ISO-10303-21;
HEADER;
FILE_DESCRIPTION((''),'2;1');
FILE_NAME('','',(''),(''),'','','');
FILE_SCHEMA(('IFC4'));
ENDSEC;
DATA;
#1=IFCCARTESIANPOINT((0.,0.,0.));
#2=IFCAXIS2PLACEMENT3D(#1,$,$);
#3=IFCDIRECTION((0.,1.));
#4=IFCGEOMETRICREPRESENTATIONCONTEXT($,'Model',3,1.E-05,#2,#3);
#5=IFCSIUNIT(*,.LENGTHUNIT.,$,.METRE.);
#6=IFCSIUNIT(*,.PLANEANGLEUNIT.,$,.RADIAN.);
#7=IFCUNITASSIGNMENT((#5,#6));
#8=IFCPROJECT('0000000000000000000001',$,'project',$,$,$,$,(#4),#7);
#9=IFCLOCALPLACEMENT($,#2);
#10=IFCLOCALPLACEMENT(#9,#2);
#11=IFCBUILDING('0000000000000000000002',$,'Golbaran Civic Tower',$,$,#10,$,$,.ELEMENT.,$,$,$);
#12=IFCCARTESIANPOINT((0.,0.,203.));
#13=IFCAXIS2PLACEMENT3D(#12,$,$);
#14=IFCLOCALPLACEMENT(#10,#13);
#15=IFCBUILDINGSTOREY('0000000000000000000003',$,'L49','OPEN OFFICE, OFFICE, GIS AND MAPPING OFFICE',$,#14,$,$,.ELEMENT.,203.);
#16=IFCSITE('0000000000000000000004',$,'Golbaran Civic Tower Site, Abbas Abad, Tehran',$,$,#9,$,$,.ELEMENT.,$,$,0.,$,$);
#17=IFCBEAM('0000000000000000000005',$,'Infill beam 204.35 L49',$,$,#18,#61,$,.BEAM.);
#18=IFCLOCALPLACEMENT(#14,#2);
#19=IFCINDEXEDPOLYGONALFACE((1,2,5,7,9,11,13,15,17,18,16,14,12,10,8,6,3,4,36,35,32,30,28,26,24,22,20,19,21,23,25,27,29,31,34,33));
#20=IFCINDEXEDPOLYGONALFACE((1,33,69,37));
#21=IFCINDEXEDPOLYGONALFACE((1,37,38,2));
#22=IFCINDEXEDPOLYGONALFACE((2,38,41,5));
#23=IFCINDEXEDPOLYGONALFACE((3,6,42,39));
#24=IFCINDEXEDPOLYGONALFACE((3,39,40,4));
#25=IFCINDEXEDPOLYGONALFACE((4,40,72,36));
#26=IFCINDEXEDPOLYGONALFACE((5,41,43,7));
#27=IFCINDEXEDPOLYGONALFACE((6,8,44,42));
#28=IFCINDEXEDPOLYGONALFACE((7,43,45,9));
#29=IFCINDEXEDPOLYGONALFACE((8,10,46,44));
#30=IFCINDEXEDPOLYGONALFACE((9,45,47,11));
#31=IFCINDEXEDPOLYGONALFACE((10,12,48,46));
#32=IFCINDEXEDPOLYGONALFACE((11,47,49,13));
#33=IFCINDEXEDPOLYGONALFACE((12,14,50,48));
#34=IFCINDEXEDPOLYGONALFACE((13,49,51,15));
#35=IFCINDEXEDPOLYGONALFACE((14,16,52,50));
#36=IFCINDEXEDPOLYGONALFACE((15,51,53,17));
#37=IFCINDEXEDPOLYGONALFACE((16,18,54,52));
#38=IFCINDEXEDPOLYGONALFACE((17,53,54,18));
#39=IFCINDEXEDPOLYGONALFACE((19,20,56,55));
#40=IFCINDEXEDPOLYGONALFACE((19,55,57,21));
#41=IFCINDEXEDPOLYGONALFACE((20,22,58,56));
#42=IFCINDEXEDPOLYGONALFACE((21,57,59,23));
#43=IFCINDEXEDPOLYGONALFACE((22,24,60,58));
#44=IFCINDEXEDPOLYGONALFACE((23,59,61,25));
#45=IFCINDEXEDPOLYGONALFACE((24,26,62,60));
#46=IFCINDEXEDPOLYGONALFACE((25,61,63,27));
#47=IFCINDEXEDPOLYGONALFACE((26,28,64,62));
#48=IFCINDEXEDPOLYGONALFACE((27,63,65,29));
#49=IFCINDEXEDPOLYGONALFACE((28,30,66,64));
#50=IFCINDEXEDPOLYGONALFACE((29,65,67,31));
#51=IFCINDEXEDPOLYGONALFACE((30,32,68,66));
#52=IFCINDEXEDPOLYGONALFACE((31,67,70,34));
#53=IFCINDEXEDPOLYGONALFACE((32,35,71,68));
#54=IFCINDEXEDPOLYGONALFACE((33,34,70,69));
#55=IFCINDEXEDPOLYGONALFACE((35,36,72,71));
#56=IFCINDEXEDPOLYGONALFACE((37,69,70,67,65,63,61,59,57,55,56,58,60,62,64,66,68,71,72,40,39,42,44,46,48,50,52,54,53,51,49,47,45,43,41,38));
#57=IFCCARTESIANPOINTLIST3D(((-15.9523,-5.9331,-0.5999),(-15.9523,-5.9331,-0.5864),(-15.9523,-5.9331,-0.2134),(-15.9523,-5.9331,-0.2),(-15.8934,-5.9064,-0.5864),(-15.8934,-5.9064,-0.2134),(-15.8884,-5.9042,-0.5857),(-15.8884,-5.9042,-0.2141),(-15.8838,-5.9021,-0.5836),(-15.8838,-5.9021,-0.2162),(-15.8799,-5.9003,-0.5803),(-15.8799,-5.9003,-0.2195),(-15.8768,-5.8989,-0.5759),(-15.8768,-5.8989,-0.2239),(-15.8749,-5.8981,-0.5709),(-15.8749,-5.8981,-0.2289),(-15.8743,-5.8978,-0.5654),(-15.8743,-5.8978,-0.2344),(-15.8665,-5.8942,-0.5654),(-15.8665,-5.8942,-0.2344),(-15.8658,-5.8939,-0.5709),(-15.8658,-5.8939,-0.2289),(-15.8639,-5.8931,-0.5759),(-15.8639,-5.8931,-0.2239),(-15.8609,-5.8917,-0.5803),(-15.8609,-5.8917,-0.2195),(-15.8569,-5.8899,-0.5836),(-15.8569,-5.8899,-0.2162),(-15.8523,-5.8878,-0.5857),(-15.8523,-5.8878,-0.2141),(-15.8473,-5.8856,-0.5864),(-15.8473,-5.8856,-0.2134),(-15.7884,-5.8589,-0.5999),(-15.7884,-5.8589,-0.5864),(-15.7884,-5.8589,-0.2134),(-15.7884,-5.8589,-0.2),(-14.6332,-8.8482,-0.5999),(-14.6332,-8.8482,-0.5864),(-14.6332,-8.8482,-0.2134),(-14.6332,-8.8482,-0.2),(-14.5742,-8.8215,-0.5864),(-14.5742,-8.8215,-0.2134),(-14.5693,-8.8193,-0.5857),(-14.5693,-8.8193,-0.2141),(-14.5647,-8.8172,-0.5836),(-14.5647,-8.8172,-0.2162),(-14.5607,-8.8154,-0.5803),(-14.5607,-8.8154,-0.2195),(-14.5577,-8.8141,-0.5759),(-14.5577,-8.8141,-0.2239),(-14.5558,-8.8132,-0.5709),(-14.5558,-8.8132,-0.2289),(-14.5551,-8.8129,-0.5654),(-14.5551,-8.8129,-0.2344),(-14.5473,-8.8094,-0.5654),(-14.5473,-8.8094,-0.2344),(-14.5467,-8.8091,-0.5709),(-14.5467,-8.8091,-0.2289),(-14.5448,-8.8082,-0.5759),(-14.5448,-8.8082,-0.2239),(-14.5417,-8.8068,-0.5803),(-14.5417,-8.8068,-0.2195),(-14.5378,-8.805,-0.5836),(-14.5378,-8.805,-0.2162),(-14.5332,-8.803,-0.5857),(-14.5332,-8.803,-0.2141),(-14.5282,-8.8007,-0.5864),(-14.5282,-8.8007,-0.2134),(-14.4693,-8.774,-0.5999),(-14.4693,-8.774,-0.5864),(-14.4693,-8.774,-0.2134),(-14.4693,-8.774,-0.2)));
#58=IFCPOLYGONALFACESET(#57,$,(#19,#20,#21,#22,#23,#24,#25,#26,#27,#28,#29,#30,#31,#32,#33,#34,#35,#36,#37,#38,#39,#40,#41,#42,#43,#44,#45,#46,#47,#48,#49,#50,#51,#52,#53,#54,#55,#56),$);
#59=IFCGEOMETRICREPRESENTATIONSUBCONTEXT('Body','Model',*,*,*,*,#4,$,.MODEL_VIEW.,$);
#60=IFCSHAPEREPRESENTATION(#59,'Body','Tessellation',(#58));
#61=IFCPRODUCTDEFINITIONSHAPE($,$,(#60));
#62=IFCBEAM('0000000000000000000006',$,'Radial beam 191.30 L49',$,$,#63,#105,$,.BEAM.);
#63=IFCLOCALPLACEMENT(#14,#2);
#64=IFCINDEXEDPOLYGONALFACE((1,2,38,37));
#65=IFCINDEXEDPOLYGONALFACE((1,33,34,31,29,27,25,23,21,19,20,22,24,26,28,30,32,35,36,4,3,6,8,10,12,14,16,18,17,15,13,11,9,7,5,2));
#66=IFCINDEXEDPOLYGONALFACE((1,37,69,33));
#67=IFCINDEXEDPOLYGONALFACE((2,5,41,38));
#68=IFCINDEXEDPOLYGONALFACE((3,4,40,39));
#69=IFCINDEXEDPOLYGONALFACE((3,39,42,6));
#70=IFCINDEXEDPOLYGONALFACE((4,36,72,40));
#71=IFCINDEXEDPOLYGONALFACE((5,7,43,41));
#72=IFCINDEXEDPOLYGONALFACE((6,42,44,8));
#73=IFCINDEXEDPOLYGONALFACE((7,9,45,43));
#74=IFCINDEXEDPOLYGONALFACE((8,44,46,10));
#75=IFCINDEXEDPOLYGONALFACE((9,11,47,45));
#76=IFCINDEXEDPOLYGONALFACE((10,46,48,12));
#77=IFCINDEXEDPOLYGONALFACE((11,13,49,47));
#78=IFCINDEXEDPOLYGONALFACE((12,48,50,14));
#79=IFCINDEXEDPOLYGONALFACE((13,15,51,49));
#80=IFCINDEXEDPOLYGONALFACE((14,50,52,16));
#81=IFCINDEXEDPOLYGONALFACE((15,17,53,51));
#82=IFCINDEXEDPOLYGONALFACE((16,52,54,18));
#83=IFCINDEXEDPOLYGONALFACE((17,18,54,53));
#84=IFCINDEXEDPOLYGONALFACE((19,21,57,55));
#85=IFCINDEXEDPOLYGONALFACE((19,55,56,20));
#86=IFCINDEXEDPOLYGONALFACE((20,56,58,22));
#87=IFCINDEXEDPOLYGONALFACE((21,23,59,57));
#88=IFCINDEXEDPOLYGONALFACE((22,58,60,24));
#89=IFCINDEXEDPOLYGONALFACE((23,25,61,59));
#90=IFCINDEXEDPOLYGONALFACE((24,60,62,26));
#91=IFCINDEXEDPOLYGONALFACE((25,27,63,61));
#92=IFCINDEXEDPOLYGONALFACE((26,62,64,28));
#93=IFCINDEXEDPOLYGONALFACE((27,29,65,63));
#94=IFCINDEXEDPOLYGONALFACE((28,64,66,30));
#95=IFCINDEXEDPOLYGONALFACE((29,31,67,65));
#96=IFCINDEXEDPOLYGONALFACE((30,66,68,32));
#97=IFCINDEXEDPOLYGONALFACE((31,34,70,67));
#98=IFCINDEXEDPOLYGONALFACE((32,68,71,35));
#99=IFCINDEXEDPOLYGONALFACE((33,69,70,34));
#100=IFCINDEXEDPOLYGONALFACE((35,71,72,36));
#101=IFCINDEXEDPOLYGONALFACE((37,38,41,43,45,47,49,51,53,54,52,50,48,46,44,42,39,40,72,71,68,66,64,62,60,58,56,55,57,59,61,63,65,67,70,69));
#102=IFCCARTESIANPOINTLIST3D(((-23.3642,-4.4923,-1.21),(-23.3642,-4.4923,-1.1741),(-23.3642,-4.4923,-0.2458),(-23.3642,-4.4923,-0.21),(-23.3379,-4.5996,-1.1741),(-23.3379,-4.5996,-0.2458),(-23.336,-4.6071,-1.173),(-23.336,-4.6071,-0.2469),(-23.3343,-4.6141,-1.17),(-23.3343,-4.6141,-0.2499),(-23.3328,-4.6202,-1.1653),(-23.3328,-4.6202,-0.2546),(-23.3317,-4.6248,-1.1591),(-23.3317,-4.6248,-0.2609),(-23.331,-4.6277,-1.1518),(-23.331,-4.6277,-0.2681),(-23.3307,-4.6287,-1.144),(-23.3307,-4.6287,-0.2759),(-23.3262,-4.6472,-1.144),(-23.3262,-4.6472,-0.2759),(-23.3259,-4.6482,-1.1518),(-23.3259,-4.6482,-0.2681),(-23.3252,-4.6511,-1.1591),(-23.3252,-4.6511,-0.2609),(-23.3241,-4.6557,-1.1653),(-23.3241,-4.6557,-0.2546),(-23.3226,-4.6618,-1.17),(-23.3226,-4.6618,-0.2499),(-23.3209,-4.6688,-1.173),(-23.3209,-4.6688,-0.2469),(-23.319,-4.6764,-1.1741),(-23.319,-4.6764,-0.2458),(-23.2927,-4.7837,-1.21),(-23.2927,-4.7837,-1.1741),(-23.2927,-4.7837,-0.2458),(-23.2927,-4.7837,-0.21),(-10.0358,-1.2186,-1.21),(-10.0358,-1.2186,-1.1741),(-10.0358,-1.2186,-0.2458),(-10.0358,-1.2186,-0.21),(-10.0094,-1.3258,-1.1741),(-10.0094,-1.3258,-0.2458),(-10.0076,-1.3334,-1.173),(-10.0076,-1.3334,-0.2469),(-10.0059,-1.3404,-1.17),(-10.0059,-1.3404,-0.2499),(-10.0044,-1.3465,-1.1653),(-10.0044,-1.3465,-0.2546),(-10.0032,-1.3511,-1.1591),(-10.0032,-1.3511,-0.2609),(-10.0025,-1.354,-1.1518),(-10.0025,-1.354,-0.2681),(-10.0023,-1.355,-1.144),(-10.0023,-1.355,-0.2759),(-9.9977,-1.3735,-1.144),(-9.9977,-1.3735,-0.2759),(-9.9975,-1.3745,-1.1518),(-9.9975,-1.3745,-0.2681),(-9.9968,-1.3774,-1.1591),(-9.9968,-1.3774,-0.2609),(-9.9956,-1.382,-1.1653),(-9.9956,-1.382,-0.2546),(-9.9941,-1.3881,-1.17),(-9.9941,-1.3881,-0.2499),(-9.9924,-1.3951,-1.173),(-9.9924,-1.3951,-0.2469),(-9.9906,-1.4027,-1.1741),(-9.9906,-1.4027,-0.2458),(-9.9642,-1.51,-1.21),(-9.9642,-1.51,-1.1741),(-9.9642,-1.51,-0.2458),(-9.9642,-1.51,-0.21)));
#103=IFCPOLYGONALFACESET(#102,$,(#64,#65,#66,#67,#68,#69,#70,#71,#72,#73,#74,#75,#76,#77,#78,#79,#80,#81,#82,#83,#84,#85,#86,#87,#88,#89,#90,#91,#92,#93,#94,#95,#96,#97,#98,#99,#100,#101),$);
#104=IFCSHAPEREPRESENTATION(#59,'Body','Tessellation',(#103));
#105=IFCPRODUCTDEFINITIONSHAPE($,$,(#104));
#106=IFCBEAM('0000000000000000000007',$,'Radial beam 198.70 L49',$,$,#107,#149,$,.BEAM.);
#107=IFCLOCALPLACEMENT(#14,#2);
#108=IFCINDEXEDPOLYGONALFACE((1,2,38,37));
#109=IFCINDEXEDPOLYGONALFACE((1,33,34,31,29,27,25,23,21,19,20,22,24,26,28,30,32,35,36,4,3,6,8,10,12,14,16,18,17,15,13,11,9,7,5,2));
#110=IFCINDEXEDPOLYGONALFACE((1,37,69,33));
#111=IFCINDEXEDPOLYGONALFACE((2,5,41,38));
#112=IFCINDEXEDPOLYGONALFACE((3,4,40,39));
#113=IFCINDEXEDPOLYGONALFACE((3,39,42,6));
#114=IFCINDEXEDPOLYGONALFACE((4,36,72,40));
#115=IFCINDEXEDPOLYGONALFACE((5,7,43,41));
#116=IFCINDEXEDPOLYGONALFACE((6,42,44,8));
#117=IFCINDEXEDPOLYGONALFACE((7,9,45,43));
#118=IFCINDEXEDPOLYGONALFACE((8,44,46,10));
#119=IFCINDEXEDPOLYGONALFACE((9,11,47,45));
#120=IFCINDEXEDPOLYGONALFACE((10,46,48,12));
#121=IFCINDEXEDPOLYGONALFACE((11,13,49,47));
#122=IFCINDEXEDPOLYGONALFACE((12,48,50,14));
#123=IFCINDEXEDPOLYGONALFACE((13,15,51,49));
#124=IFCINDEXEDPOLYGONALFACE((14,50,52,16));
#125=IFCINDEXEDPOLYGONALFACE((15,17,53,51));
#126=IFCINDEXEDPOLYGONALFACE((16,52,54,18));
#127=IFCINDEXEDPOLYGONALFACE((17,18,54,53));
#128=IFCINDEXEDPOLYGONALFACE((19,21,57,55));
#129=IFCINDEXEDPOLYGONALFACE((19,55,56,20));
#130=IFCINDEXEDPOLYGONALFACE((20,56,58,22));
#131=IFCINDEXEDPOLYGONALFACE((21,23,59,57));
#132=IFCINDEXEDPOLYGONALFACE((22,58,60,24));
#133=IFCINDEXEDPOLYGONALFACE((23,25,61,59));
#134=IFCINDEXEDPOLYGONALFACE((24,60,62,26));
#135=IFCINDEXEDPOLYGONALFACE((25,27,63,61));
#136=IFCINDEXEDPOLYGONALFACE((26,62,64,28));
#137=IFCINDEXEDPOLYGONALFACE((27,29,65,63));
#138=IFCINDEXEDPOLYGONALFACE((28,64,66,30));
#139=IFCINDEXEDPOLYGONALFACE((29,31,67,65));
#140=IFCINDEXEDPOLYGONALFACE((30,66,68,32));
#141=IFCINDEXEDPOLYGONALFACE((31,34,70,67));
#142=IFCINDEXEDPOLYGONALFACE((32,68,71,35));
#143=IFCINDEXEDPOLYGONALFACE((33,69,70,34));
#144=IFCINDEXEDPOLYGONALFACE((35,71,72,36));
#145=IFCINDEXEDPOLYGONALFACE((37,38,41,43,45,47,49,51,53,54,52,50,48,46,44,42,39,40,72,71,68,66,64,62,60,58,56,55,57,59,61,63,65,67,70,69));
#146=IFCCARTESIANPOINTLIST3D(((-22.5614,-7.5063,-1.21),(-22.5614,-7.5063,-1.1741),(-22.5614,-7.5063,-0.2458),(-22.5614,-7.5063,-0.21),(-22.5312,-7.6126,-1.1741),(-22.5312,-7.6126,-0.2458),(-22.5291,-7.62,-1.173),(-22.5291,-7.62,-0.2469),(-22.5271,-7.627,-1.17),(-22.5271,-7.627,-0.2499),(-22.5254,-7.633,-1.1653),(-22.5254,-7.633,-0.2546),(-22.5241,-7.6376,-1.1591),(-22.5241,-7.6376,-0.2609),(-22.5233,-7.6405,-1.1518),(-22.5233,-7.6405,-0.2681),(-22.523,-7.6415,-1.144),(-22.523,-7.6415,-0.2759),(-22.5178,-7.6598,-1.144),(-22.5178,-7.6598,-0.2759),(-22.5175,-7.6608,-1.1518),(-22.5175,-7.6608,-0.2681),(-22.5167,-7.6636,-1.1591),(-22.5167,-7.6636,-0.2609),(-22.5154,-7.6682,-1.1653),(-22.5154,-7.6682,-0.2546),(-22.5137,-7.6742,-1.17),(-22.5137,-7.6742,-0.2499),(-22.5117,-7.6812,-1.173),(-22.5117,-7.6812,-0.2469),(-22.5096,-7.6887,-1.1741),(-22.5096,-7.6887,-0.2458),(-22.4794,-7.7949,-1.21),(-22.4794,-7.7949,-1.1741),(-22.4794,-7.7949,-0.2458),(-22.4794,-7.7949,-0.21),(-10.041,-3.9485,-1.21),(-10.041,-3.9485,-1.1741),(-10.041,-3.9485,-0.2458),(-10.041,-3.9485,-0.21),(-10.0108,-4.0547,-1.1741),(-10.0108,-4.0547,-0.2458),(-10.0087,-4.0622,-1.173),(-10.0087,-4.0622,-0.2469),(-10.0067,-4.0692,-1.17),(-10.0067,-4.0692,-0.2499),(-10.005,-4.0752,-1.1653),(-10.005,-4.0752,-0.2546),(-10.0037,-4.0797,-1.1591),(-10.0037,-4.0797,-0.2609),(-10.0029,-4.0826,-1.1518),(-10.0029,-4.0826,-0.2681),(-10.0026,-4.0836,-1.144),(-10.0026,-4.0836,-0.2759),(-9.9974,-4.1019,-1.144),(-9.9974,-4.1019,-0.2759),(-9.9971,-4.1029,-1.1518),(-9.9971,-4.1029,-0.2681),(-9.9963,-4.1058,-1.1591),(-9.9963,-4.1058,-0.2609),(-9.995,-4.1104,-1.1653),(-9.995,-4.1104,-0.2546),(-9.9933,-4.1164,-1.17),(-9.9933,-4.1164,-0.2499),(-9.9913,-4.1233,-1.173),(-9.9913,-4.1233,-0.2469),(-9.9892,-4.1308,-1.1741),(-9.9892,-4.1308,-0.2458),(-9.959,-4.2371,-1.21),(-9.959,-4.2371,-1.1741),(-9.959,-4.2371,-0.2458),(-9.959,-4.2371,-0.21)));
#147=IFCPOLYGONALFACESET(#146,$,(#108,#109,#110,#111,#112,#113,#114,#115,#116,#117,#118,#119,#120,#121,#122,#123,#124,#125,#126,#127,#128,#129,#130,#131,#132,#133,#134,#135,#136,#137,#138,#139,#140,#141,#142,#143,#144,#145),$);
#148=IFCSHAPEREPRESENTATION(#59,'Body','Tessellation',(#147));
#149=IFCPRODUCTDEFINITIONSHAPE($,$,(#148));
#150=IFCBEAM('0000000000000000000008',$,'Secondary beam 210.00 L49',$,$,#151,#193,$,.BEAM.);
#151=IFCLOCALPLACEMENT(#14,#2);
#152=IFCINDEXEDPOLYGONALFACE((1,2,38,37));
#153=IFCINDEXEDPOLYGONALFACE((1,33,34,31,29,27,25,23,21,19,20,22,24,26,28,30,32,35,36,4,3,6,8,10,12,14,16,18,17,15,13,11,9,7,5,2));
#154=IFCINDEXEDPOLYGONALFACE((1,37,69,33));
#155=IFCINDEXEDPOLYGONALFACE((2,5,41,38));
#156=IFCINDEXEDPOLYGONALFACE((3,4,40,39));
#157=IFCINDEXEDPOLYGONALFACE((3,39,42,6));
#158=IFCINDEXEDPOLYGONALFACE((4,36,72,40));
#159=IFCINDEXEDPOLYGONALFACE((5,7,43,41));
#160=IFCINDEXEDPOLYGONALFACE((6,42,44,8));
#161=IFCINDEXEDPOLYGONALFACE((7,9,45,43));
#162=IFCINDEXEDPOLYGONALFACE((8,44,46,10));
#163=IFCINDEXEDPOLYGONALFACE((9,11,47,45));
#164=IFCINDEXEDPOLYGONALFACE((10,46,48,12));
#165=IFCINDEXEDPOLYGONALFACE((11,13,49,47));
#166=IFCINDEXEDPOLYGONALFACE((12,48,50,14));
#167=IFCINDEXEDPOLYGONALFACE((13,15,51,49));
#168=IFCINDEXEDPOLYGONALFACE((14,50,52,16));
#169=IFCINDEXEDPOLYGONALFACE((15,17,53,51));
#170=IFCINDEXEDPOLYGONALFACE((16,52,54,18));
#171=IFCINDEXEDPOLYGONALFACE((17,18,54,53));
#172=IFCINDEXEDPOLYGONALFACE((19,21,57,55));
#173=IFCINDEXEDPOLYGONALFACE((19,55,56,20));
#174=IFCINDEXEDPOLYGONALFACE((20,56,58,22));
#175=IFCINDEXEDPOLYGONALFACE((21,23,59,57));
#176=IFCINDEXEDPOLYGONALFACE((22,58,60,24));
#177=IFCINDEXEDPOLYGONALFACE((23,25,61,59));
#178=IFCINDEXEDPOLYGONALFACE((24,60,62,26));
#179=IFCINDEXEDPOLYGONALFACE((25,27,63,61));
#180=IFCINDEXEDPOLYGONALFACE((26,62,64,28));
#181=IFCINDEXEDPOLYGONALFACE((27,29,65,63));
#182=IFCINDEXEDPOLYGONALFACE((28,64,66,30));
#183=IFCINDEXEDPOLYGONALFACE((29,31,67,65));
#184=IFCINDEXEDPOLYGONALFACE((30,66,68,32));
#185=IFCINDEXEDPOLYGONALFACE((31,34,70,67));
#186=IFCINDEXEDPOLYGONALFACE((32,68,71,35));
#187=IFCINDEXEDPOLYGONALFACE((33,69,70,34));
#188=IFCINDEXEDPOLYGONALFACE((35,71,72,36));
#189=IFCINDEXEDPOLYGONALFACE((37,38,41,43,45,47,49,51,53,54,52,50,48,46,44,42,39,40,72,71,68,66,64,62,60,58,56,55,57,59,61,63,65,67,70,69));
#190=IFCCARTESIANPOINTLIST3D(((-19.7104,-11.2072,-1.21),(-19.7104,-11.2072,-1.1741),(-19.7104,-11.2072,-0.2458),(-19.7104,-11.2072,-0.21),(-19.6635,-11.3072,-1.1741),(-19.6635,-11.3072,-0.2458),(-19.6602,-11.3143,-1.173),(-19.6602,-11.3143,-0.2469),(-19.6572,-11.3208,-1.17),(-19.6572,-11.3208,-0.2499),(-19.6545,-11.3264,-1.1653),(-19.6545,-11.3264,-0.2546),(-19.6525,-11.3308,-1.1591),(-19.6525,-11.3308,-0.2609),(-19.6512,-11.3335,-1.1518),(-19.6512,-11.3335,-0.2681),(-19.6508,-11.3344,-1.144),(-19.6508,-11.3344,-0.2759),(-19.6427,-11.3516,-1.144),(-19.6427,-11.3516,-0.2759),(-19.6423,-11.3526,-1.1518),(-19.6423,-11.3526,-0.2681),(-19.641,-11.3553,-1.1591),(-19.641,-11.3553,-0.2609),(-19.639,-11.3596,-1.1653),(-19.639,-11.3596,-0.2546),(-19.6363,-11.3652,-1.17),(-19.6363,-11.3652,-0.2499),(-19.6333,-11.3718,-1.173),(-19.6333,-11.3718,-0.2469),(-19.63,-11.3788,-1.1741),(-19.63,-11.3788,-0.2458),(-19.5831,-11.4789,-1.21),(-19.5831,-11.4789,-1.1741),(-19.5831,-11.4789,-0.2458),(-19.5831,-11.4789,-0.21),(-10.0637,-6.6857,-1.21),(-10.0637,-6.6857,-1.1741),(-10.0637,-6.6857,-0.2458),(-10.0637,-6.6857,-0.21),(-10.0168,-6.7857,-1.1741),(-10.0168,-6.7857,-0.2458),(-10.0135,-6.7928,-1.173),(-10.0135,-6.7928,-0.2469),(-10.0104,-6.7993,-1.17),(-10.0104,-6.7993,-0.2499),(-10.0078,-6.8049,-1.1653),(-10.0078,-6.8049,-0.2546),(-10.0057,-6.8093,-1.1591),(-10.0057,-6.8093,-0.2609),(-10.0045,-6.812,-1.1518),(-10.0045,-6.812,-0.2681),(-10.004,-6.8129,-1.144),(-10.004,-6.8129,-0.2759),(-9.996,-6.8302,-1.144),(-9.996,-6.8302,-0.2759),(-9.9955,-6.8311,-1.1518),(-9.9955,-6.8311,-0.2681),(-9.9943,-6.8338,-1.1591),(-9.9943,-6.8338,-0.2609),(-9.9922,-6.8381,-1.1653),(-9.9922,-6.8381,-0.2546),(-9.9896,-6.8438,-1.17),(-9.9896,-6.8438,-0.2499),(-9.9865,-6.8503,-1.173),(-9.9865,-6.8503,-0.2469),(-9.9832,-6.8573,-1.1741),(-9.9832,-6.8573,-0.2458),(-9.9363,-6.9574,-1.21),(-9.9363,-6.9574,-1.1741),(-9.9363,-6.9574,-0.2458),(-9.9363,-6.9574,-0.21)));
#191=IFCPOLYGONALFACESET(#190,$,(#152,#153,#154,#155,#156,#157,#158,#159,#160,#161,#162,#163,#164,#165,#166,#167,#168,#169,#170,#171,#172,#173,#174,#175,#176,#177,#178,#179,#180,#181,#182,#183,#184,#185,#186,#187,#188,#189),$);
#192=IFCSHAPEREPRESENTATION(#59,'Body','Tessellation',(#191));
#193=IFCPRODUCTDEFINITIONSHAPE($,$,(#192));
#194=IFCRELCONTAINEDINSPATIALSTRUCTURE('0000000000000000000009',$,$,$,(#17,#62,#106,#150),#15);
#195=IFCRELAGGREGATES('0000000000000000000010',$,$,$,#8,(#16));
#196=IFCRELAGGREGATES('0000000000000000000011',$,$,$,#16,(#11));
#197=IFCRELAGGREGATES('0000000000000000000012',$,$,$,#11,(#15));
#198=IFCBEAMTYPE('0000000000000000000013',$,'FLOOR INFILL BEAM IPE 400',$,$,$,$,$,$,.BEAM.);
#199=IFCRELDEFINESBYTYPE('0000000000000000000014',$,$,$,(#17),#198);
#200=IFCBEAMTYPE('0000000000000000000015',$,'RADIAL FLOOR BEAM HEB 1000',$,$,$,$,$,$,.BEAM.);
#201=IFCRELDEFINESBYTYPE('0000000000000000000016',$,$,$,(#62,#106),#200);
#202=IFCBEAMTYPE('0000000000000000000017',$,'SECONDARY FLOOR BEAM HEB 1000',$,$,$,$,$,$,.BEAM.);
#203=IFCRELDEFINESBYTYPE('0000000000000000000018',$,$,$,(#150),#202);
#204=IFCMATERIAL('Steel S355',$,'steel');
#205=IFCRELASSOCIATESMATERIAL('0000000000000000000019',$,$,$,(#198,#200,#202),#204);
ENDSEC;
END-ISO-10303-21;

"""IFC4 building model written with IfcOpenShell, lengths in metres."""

from ifc_helpers import new_model, si_unit, direction, frame, origin, origin_2d, place, context, subcontext, project, spatial, i_section, extrude, material, material_profile, profile_set, type_object, element, save


model = new_model("IFC4")

# Units and contexts
model_context = context("Model", 3, precision=1e-05, world=origin(), true_north=direction((0.0, 1.0)))
body_context = subcontext(model_context, "Body", "Model", "MODEL_VIEW")
ifc_project = project(units=[si_unit("LENGTHUNIT", "METRE"), si_unit("PLANEANGLEUNIT", "RADIAN")], contexts=[model_context])

# Site, building, storey
site_placement = place(None, origin())
site = spatial("IfcSite", under=ifc_project, at=site_placement, Name="Golbaran Civic Tower Site, Abbas Abad, Tehran", CompositionType="ELEMENT", RefElevation=0.0)
building_placement = place(site_placement, origin())
building = spatial("IfcBuilding", under=site, at=building_placement, Name="Golbaran Civic Tower", CompositionType="ELEMENT")
storey_placement = place(building_placement, frame((0.0, 0.0, 203.0)))
storey = spatial("IfcBuildingStorey", under=building, at=storey_placement, Name="L49", Description="OPEN OFFICE, OFFICE, GIS AND MAPPING OFFICE", CompositionType="ELEMENT", Elevation=203.0)

# Beams
ifc_material_1 = material(Name="Steel S355", Category="steel")
ifc_material_profile_1 = material_profile(ifc_material_1, i_section(OverallWidth=0.1799, OverallDepth=0.3999, WebThickness=0.0085, FlangeThickness=0.0134, FilletRadius=0.021, at=origin_2d()), Name="IPE 400")
ifc_profile_set_1 = profile_set([ifc_material_profile_1], Name="Steel S355")
beam_type_1 = type_object("IfcBeamType", Name="FLOOR INFILL BEAM IPE 400", PredefinedType="BEAM", material=ifc_profile_set_1)
beam_1_placement = place(storey_placement, frame((-15.8704, -5.896, -0.3999), z_axis=(0.412267, -0.911063, 0.0), x_axis=(0.911063, 0.412267, 0.0)))
element("IfcBeam", 1, at=beam_1_placement, inside=storey, type_object=beam_type_1, Name="Infill beam 204.35 L49", PredefinedType="BEAM", context=body_context, shape_type="SweptSolid", body=[
    extrude(i_section(OverallWidth=0.1799, OverallDepth=0.3999, WebThickness=0.0085, FlangeThickness=0.0134, FilletRadius=0.021, at=origin_2d()), origin(), (0.0, 0.0, 1.0), 3.1997),
])
ifc_material_profile_2 = material_profile(ifc_material_1, i_section(OverallWidth=0.3, OverallDepth=1.0, WebThickness=0.019, FlangeThickness=0.0359, FilletRadius=0.03, at=origin_2d()), Name="HEB 1000")
ifc_profile_set_2 = profile_set([ifc_material_profile_2], Name="Steel S355")
beam_type_2 = type_object("IfcBeamType", Name="RADIAL FLOOR BEAM HEB 1000", PredefinedType="BEAM", material=ifc_profile_set_2)
beam_2_placement = place(storey_placement, frame((-10.0, -1.3643, -0.71), z_axis=(-0.971136, -0.238528, 0.0), x_axis=(0.238528, -0.971136, 0.0)))
element("IfcBeam", 2, at=beam_2_placement, inside=storey, type_object=beam_type_2, Name="Radial beam 191.30 L49", PredefinedType="BEAM", context=body_context, shape_type="SweptSolid", body=[
    extrude(i_section(OverallWidth=0.3, OverallDepth=1.0, WebThickness=0.019, FlangeThickness=0.0359, FilletRadius=0.03, at=origin_2d()), origin(), (0.0, 0.0, 1.0), 13.7246),
])
beam_3_placement = place(storey_placement, frame((-10.0, -4.0928, -0.71), z_axis=(-0.961917, -0.273341, 0.0), x_axis=(0.273341, -0.961917, 0.0)))
element("IfcBeam", 3, at=beam_3_placement, inside=storey, type_object=beam_type_2, Name="Radial beam 198.70 L49", PredefinedType="BEAM", context=body_context, shape_type="SweptSolid", body=[
    extrude(i_section(OverallWidth=0.3, OverallDepth=1.0, WebThickness=0.019, FlangeThickness=0.0359, FilletRadius=0.03, at=origin_2d()), origin(), (0.0, 0.0, 1.0), 13.0161),
])
ifc_material_profile_3 = material_profile(ifc_material_1, i_section(OverallWidth=0.3, OverallDepth=1.0, WebThickness=0.019, FlangeThickness=0.0359, FilletRadius=0.03, at=origin_2d()), Name="HEB 1000")
ifc_profile_set_3 = profile_set([ifc_material_profile_3], Name="Steel S355")
beam_type_3 = type_object("IfcBeamType", Name="SECONDARY FLOOR BEAM HEB 1000", PredefinedType="BEAM", material=ifc_profile_set_3)
beam_4_placement = place(storey_placement, frame((-10.0, -6.8215, -0.71), z_axis=(-0.905474, -0.424402, 0.0), x_axis=(0.424402, -0.905474, 0.0)))
element("IfcBeam", 4, at=beam_4_placement, inside=storey, type_object=beam_type_3, Name="Secondary beam 210.00 L49", PredefinedType="BEAM", context=body_context, shape_type="SweptSolid", body=[
    extrude(i_section(OverallWidth=0.3, OverallDepth=1.0, WebThickness=0.019, FlangeThickness=0.0359, FilletRadius=0.03, at=origin_2d()), origin(), (0.0, 0.0, 1.0), 10.6538),
])

save(model, "model.ifc")
